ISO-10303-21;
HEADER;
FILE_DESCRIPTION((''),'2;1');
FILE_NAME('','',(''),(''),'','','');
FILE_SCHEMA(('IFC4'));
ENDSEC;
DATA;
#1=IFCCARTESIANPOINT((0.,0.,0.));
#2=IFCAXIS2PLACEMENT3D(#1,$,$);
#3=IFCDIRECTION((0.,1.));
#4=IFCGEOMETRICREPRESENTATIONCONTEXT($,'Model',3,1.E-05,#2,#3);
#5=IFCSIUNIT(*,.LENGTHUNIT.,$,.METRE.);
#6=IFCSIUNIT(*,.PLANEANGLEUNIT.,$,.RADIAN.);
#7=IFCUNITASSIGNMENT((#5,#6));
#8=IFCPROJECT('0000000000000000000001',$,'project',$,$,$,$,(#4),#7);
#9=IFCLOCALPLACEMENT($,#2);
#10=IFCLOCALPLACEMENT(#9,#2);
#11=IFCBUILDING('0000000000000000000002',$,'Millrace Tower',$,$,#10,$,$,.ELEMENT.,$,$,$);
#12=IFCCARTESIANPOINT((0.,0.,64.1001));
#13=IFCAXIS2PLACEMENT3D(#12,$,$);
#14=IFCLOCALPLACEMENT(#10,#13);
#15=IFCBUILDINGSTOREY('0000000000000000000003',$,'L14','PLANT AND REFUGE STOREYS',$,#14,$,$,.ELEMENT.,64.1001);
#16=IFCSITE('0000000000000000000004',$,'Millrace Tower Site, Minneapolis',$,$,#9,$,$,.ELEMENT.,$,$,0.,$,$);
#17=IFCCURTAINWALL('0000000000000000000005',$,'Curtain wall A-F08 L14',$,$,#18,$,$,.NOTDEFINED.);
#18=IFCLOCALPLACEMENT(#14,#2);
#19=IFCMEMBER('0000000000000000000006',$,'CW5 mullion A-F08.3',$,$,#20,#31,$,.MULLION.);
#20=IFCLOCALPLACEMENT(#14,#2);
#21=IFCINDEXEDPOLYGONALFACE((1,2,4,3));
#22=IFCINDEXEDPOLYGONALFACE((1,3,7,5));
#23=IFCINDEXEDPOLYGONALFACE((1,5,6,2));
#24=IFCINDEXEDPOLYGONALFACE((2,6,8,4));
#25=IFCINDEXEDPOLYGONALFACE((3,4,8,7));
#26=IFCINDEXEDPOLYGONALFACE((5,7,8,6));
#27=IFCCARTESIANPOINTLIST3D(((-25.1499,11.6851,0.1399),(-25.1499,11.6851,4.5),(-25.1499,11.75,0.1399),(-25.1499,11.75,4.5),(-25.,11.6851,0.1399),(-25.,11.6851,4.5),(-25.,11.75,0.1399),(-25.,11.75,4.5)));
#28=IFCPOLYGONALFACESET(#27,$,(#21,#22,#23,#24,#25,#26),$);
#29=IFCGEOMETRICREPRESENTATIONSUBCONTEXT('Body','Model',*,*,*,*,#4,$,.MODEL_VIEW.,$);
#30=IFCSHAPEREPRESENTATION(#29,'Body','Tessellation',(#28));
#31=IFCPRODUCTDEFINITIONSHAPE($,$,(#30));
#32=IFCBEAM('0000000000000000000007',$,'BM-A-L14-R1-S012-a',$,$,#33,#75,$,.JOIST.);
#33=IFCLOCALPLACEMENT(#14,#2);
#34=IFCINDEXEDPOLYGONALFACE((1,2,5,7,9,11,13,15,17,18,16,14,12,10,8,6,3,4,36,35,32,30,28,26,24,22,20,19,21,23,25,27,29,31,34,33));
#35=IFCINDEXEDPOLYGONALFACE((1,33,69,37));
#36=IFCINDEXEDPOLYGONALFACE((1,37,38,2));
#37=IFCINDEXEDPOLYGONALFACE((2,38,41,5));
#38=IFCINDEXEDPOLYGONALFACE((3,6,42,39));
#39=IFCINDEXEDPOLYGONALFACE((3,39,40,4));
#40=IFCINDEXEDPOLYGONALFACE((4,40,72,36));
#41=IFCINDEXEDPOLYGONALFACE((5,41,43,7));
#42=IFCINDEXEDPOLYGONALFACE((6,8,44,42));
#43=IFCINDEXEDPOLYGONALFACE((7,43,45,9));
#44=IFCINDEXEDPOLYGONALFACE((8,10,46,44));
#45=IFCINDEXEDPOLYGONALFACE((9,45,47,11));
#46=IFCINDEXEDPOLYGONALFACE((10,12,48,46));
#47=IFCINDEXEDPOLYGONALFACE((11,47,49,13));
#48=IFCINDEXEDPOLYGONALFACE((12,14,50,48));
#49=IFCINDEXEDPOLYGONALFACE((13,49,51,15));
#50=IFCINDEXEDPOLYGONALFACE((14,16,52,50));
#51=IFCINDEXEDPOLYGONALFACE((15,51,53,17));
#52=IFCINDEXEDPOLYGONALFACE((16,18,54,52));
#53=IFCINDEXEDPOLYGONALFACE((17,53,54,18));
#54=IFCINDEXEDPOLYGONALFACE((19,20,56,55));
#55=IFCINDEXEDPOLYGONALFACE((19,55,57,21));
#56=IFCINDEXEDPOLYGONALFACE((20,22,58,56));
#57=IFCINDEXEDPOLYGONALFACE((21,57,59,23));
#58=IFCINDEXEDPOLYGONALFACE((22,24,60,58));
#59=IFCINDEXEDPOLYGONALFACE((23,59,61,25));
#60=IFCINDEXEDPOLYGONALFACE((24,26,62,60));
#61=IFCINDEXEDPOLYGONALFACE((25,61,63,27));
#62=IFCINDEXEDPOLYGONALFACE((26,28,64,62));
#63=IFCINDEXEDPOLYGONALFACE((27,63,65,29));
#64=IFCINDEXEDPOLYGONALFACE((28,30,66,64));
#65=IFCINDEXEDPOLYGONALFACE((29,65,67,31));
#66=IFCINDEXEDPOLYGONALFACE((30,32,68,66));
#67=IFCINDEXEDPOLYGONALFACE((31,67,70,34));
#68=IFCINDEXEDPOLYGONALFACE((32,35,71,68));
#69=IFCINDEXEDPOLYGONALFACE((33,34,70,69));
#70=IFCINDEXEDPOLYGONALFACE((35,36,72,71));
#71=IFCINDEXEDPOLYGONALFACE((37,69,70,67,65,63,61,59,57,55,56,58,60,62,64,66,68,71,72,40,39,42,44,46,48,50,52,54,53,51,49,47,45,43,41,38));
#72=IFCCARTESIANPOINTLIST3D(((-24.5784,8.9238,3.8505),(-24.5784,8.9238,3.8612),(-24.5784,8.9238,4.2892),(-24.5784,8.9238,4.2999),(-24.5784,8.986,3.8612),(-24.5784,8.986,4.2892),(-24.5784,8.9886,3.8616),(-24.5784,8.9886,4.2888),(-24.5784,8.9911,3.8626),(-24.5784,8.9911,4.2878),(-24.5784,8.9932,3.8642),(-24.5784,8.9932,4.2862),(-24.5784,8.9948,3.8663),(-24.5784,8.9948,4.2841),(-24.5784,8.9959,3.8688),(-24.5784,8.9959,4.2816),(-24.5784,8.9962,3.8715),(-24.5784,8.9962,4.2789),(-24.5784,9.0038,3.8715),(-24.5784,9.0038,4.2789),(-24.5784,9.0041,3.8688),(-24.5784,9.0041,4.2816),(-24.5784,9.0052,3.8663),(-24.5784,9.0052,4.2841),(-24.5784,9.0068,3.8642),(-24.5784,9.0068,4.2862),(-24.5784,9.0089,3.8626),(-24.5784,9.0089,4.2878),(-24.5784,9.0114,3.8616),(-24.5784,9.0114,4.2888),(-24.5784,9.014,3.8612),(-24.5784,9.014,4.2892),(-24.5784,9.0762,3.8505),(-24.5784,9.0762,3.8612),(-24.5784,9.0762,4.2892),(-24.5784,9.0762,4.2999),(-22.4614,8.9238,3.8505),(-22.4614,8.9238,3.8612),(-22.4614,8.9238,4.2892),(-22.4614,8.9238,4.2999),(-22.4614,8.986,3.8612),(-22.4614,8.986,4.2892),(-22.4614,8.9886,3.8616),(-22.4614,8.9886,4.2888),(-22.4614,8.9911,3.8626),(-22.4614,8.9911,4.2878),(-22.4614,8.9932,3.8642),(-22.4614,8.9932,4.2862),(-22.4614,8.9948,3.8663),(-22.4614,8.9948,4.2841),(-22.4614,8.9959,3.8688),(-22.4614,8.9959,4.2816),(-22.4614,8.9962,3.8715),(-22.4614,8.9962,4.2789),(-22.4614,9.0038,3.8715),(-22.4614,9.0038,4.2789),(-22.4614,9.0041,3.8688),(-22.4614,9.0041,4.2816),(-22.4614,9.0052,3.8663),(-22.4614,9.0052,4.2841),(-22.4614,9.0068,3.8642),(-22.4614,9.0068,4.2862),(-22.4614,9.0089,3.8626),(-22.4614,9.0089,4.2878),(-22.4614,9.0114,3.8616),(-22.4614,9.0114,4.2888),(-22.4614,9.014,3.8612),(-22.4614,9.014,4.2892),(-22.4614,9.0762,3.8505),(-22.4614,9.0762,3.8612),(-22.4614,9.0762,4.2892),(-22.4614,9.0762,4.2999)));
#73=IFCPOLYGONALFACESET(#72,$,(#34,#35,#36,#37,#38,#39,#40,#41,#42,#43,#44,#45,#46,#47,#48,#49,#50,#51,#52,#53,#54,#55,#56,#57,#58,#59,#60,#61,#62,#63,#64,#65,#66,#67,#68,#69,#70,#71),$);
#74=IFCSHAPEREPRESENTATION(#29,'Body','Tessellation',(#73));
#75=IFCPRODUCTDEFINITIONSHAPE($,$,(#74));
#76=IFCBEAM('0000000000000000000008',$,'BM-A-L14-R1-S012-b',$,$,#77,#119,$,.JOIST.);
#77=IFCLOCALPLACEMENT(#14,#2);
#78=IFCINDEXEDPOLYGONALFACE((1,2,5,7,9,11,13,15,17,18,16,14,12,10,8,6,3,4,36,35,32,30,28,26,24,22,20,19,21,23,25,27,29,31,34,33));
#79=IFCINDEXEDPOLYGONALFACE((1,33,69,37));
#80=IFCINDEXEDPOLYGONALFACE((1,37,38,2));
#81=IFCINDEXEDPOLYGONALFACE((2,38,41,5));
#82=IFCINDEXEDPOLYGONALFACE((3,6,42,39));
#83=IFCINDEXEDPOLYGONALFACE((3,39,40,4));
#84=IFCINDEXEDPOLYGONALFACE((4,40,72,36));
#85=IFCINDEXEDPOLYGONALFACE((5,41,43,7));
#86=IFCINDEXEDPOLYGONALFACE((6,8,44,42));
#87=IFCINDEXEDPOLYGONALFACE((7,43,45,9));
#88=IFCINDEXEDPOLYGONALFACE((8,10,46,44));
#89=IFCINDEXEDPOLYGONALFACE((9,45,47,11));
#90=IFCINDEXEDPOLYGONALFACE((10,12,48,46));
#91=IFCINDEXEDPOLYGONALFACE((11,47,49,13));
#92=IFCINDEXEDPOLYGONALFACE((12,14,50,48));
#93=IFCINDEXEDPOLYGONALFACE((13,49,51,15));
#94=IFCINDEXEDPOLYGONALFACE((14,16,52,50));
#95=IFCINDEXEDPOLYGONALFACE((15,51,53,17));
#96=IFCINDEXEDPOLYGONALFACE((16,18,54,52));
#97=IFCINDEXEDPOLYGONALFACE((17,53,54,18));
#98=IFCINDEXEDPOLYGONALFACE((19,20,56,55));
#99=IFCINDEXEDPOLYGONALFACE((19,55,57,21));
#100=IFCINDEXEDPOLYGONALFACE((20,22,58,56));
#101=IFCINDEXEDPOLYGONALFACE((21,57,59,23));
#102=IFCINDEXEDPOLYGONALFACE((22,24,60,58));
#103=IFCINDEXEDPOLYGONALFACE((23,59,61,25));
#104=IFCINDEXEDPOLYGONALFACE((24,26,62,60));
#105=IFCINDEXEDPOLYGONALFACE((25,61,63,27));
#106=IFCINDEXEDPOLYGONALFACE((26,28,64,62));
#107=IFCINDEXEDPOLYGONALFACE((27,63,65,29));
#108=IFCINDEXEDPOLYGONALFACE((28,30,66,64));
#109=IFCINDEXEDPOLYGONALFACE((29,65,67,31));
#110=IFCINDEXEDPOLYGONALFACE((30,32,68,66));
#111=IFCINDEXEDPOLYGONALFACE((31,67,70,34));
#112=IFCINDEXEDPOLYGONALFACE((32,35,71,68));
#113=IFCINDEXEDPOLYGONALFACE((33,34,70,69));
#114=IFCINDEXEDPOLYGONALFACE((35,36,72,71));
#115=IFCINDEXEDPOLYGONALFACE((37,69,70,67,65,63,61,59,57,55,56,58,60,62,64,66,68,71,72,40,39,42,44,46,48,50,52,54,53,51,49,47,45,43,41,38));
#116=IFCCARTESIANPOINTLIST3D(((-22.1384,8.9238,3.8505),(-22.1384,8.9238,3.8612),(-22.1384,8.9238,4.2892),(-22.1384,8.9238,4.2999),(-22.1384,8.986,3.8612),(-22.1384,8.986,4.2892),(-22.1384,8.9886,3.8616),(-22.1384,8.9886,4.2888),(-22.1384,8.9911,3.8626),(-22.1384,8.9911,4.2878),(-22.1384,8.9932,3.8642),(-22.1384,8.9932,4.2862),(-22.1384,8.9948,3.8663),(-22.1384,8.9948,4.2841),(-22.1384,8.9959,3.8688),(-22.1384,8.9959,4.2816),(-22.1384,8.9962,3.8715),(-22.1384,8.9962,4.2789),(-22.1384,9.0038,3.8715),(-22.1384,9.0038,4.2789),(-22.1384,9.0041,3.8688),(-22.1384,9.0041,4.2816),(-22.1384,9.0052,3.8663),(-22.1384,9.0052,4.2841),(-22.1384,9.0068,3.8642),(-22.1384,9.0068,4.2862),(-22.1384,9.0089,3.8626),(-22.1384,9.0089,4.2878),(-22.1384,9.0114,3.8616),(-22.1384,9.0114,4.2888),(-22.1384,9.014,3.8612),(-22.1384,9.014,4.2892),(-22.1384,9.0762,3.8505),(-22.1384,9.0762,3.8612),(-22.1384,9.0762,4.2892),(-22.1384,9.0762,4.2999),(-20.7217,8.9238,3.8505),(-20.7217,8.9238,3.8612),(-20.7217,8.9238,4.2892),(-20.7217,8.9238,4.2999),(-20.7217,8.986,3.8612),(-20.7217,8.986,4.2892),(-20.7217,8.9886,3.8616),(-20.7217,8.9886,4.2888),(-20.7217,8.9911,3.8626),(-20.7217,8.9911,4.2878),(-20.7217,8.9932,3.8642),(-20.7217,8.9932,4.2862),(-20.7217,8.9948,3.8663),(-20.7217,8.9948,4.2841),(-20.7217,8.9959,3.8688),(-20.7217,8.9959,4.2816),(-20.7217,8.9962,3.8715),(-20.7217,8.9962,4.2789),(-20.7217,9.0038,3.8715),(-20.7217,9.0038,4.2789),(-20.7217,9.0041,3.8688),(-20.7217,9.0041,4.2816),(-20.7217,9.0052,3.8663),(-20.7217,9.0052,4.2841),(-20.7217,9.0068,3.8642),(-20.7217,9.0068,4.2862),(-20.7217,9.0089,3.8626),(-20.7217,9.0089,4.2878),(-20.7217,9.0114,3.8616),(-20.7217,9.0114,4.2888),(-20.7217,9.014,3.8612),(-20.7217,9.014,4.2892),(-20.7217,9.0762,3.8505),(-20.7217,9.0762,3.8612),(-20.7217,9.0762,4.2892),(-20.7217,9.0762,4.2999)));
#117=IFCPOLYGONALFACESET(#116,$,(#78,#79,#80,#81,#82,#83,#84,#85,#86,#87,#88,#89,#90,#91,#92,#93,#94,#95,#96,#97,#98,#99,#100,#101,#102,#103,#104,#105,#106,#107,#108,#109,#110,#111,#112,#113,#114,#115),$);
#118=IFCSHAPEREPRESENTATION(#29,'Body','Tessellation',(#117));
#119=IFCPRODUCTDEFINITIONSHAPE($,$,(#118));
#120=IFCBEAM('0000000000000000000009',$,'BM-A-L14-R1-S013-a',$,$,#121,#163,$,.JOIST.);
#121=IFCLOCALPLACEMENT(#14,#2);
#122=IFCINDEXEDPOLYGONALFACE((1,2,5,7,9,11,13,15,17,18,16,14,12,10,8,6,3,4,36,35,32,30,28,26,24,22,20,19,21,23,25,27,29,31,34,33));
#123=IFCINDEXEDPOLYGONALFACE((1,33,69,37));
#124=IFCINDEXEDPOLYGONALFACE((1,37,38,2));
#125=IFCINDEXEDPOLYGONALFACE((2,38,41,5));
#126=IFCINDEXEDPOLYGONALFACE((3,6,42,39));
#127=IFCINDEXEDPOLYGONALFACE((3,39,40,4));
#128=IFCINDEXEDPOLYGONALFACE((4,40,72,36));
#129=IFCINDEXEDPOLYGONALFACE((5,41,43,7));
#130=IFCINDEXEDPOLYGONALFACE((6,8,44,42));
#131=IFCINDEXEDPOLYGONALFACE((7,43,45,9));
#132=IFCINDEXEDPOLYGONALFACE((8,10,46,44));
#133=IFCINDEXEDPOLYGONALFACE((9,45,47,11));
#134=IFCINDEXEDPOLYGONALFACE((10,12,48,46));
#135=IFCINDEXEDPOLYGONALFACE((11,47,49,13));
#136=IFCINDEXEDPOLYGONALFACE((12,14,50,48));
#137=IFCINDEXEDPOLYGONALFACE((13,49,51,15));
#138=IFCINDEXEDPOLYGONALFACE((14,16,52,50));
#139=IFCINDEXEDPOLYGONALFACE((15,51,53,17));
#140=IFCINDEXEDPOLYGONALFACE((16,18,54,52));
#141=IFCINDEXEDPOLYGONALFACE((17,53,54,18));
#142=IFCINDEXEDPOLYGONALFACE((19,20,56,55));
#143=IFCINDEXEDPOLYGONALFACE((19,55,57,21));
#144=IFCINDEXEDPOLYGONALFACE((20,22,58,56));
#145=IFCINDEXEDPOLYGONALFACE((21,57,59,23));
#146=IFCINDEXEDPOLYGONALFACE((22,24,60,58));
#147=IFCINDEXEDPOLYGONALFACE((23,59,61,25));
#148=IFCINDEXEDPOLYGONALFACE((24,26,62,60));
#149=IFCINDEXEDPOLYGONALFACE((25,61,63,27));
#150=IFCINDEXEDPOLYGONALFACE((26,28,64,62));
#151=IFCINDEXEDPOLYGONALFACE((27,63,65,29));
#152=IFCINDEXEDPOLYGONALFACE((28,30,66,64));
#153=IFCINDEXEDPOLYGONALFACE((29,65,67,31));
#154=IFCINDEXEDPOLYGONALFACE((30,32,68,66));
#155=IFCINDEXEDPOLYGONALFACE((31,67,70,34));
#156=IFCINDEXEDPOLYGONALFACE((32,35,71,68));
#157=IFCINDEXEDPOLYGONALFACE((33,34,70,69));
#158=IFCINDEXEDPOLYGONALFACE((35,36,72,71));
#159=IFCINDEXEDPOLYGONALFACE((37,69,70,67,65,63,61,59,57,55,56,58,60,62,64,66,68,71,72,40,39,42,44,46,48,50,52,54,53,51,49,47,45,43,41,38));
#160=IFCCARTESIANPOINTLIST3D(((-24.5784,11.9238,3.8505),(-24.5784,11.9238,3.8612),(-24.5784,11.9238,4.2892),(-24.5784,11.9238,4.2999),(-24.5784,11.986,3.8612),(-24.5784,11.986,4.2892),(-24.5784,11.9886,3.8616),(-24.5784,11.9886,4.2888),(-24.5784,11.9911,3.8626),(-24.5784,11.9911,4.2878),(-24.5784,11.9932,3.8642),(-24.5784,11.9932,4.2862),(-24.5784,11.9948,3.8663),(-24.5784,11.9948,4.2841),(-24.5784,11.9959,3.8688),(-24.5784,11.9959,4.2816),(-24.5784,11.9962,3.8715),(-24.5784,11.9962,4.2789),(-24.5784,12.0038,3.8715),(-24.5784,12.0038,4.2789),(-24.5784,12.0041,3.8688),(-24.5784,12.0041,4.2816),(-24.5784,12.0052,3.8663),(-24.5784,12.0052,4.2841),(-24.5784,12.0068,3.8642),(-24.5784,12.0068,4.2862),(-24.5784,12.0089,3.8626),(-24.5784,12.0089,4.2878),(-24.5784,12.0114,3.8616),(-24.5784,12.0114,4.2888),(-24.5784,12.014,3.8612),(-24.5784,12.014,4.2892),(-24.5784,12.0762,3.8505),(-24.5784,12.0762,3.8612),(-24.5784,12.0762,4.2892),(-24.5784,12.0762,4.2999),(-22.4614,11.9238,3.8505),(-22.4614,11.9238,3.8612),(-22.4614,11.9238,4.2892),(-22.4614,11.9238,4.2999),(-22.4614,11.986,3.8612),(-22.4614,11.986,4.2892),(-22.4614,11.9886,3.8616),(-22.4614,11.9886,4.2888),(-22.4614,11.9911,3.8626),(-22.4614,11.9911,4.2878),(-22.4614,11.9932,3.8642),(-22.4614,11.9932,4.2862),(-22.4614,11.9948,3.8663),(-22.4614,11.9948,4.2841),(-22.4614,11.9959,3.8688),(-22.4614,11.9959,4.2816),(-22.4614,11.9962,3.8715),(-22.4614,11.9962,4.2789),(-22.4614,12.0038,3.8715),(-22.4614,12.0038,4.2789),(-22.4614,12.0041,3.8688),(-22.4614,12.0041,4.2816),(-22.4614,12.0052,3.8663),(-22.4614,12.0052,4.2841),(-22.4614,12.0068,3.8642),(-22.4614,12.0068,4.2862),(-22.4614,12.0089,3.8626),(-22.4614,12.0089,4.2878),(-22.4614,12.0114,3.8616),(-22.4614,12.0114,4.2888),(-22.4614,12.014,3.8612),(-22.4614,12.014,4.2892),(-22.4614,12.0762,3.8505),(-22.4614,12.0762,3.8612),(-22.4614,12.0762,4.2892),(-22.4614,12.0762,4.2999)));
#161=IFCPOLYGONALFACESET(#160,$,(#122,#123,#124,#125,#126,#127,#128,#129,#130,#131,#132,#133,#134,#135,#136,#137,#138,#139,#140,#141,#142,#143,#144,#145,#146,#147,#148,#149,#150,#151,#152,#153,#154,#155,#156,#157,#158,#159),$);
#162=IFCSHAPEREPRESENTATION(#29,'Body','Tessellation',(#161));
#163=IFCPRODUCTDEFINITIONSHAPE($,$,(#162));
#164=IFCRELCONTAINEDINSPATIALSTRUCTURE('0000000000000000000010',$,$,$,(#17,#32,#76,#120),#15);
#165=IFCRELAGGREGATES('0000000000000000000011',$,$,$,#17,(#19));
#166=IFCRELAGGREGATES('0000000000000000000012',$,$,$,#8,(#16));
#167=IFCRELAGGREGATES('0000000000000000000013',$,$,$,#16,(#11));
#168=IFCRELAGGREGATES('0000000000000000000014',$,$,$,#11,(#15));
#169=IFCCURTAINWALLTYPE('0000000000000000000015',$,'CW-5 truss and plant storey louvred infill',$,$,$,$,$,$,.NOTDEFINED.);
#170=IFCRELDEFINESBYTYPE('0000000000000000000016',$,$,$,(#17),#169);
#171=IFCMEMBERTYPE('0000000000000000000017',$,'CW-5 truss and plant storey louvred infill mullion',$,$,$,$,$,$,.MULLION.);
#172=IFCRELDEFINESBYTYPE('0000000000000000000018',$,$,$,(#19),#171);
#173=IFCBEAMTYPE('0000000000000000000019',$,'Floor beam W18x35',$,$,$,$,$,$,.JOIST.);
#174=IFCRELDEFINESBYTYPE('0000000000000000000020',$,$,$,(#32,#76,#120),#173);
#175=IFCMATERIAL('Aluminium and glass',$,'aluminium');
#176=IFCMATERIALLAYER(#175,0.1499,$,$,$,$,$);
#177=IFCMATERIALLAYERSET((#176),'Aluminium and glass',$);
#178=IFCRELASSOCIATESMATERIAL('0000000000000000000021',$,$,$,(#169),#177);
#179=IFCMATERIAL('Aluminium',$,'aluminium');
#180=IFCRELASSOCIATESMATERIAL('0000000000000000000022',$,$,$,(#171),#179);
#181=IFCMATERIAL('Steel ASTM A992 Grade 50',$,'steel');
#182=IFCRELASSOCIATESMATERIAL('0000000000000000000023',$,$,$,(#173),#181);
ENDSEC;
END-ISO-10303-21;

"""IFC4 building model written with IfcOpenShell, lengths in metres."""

from ifc_helpers import new_model, si_unit, direction, frame, origin, origin_2d, place, context, subcontext, project, spatial, rectangle, i_section, extrude, material, layer, layer_set, material_profile, profile_set, type_object, element, aggregate, save


model = new_model("IFC4")

# Units and contexts
model_context = context("Model", 3, precision=1e-05, world=origin(), true_north=direction((0.0, 1.0)))
body_context = subcontext(model_context, "Body", "Model", "MODEL_VIEW")
ifc_project = project(units=[si_unit("LENGTHUNIT", "METRE"), si_unit("PLANEANGLEUNIT", "RADIAN")], contexts=[model_context])

# Site, building, storey
site_placement = place(None, origin())
site = spatial("IfcSite", under=ifc_project, at=site_placement, Name="Millrace Tower Site, Minneapolis", CompositionType="ELEMENT", RefElevation=0.0)
building_placement = place(site_placement, origin())
building = spatial("IfcBuilding", under=site, at=building_placement, Name="Millrace Tower", CompositionType="ELEMENT")
storey_placement = place(building_placement, frame((0.0, 0.0, 64.1001)))
storey = spatial("IfcBuildingStorey", under=building, at=storey_placement, Name="L14", Description="PLANT AND REFUGE STOREYS", CompositionType="ELEMENT", Elevation=64.1001)

# Curtain wall, member
ifc_material_1 = material(Name="Aluminium and glass", Category="aluminium")
ifc_layer_1 = layer(ifc_material_1, 0.1499)
ifc_layer_set_1 = layer_set([ifc_layer_1], Name="Aluminium and glass")
curtain_wall_type = type_object("IfcCurtainWallType", Name="CW-5 truss and plant storey louvred infill", PredefinedType="NOTDEFINED", material=ifc_layer_set_1)
curtain_wall_placement = place(storey_placement, origin())
curtain_wall = element("IfcCurtainWall", 1, at=curtain_wall_placement, inside=storey, type_object=curtain_wall_type, Name="Curtain wall A-F08 L14", PredefinedType="NOTDEFINED")
ifc_material_2 = material(Name="Aluminium", Category="aluminium")
ifc_material_profile_1 = material_profile(ifc_material_2, rectangle(XDim=0.0649, YDim=0.1499, at=origin_2d()))
ifc_profile_set_1 = profile_set([ifc_material_profile_1], Name="Aluminium")
member_type_1 = type_object("IfcMemberType", Name="CW-5 truss and plant storey louvred infill mullion", PredefinedType="MULLION", material=ifc_profile_set_1)
member_1_placement = place(storey_placement, frame((-25.075, 11.7175, 0.1399), z_axis=(0.0, 0.0, 1.0), x_axis=(0.0, -1.0, 0.0)))
member_1 = element("IfcMember", 2, at=member_1_placement, type_object=member_type_1, Name="CW5 mullion A-F08.3", PredefinedType="MULLION", context=body_context, shape_type="SweptSolid", body=[
    extrude(rectangle(XDim=0.0649, YDim=0.1499, at=origin_2d()), origin(), (0.0, 0.0, 1.0), 4.3601),
])
aggregate(curtain_wall, [member_1])

# Beams
ifc_material_3 = material(Name="Steel ASTM A992 Grade 50", Category="steel")
ifc_material_profile_2 = material_profile(ifc_material_3, i_section(OverallWidth=0.1523, OverallDepth=0.4495, WebThickness=0.0076, FlangeThickness=0.0107, FilletRadius=0.0103, at=origin_2d()))
ifc_profile_set_2 = profile_set([ifc_material_profile_2], Name="Steel ASTM A992 Grade 50")
beam_type_1 = type_object("IfcBeamType", Name="Floor beam W18x35", PredefinedType="JOIST", material=ifc_profile_set_2)
beam_1_placement = place(storey_placement, frame((-24.5784, 9.0, 4.0752), z_axis=(1.0, 0.0, 0.0), x_axis=(0.0, 1.0, 0.0)))
element("IfcBeam", 3, at=beam_1_placement, inside=storey, type_object=beam_type_1, Name="BM-A-L14-R1-S012-a", PredefinedType="JOIST", context=body_context, shape_type="SweptSolid", body=[
    extrude(i_section(OverallWidth=0.1523, OverallDepth=0.4495, WebThickness=0.0076, FlangeThickness=0.0107, FilletRadius=0.0103, at=origin_2d()), origin(), (0.0, 0.0, 1.0), 2.1169),
])
beam_2_placement = place(storey_placement, frame((-22.1384, 9.0, 4.0752), z_axis=(1.0, 0.0, 0.0), x_axis=(0.0, 1.0, 0.0)))
element("IfcBeam", 4, at=beam_2_placement, inside=storey, type_object=beam_type_1, Name="BM-A-L14-R1-S012-b", PredefinedType="JOIST", context=body_context, shape_type="SweptSolid", body=[
    extrude(i_section(OverallWidth=0.1523, OverallDepth=0.4495, WebThickness=0.0076, FlangeThickness=0.0107, FilletRadius=0.0103, at=origin_2d()), origin(), (0.0, 0.0, 1.0), 1.4167),
])
beam_3_placement = place(storey_placement, frame((-24.5784, 12.0, 4.0752), z_axis=(1.0, 0.0, 0.0), x_axis=(0.0, 1.0, 0.0)))
element("IfcBeam", 5, at=beam_3_placement, inside=storey, type_object=beam_type_1, Name="BM-A-L14-R1-S013-a", PredefinedType="JOIST", context=body_context, shape_type="SweptSolid", body=[
    extrude(i_section(OverallWidth=0.1523, OverallDepth=0.4495, WebThickness=0.0076, FlangeThickness=0.0107, FilletRadius=0.0103, at=origin_2d()), origin(), (0.0, 0.0, 1.0), 2.1169),
])

save(model, "model.ifc")
